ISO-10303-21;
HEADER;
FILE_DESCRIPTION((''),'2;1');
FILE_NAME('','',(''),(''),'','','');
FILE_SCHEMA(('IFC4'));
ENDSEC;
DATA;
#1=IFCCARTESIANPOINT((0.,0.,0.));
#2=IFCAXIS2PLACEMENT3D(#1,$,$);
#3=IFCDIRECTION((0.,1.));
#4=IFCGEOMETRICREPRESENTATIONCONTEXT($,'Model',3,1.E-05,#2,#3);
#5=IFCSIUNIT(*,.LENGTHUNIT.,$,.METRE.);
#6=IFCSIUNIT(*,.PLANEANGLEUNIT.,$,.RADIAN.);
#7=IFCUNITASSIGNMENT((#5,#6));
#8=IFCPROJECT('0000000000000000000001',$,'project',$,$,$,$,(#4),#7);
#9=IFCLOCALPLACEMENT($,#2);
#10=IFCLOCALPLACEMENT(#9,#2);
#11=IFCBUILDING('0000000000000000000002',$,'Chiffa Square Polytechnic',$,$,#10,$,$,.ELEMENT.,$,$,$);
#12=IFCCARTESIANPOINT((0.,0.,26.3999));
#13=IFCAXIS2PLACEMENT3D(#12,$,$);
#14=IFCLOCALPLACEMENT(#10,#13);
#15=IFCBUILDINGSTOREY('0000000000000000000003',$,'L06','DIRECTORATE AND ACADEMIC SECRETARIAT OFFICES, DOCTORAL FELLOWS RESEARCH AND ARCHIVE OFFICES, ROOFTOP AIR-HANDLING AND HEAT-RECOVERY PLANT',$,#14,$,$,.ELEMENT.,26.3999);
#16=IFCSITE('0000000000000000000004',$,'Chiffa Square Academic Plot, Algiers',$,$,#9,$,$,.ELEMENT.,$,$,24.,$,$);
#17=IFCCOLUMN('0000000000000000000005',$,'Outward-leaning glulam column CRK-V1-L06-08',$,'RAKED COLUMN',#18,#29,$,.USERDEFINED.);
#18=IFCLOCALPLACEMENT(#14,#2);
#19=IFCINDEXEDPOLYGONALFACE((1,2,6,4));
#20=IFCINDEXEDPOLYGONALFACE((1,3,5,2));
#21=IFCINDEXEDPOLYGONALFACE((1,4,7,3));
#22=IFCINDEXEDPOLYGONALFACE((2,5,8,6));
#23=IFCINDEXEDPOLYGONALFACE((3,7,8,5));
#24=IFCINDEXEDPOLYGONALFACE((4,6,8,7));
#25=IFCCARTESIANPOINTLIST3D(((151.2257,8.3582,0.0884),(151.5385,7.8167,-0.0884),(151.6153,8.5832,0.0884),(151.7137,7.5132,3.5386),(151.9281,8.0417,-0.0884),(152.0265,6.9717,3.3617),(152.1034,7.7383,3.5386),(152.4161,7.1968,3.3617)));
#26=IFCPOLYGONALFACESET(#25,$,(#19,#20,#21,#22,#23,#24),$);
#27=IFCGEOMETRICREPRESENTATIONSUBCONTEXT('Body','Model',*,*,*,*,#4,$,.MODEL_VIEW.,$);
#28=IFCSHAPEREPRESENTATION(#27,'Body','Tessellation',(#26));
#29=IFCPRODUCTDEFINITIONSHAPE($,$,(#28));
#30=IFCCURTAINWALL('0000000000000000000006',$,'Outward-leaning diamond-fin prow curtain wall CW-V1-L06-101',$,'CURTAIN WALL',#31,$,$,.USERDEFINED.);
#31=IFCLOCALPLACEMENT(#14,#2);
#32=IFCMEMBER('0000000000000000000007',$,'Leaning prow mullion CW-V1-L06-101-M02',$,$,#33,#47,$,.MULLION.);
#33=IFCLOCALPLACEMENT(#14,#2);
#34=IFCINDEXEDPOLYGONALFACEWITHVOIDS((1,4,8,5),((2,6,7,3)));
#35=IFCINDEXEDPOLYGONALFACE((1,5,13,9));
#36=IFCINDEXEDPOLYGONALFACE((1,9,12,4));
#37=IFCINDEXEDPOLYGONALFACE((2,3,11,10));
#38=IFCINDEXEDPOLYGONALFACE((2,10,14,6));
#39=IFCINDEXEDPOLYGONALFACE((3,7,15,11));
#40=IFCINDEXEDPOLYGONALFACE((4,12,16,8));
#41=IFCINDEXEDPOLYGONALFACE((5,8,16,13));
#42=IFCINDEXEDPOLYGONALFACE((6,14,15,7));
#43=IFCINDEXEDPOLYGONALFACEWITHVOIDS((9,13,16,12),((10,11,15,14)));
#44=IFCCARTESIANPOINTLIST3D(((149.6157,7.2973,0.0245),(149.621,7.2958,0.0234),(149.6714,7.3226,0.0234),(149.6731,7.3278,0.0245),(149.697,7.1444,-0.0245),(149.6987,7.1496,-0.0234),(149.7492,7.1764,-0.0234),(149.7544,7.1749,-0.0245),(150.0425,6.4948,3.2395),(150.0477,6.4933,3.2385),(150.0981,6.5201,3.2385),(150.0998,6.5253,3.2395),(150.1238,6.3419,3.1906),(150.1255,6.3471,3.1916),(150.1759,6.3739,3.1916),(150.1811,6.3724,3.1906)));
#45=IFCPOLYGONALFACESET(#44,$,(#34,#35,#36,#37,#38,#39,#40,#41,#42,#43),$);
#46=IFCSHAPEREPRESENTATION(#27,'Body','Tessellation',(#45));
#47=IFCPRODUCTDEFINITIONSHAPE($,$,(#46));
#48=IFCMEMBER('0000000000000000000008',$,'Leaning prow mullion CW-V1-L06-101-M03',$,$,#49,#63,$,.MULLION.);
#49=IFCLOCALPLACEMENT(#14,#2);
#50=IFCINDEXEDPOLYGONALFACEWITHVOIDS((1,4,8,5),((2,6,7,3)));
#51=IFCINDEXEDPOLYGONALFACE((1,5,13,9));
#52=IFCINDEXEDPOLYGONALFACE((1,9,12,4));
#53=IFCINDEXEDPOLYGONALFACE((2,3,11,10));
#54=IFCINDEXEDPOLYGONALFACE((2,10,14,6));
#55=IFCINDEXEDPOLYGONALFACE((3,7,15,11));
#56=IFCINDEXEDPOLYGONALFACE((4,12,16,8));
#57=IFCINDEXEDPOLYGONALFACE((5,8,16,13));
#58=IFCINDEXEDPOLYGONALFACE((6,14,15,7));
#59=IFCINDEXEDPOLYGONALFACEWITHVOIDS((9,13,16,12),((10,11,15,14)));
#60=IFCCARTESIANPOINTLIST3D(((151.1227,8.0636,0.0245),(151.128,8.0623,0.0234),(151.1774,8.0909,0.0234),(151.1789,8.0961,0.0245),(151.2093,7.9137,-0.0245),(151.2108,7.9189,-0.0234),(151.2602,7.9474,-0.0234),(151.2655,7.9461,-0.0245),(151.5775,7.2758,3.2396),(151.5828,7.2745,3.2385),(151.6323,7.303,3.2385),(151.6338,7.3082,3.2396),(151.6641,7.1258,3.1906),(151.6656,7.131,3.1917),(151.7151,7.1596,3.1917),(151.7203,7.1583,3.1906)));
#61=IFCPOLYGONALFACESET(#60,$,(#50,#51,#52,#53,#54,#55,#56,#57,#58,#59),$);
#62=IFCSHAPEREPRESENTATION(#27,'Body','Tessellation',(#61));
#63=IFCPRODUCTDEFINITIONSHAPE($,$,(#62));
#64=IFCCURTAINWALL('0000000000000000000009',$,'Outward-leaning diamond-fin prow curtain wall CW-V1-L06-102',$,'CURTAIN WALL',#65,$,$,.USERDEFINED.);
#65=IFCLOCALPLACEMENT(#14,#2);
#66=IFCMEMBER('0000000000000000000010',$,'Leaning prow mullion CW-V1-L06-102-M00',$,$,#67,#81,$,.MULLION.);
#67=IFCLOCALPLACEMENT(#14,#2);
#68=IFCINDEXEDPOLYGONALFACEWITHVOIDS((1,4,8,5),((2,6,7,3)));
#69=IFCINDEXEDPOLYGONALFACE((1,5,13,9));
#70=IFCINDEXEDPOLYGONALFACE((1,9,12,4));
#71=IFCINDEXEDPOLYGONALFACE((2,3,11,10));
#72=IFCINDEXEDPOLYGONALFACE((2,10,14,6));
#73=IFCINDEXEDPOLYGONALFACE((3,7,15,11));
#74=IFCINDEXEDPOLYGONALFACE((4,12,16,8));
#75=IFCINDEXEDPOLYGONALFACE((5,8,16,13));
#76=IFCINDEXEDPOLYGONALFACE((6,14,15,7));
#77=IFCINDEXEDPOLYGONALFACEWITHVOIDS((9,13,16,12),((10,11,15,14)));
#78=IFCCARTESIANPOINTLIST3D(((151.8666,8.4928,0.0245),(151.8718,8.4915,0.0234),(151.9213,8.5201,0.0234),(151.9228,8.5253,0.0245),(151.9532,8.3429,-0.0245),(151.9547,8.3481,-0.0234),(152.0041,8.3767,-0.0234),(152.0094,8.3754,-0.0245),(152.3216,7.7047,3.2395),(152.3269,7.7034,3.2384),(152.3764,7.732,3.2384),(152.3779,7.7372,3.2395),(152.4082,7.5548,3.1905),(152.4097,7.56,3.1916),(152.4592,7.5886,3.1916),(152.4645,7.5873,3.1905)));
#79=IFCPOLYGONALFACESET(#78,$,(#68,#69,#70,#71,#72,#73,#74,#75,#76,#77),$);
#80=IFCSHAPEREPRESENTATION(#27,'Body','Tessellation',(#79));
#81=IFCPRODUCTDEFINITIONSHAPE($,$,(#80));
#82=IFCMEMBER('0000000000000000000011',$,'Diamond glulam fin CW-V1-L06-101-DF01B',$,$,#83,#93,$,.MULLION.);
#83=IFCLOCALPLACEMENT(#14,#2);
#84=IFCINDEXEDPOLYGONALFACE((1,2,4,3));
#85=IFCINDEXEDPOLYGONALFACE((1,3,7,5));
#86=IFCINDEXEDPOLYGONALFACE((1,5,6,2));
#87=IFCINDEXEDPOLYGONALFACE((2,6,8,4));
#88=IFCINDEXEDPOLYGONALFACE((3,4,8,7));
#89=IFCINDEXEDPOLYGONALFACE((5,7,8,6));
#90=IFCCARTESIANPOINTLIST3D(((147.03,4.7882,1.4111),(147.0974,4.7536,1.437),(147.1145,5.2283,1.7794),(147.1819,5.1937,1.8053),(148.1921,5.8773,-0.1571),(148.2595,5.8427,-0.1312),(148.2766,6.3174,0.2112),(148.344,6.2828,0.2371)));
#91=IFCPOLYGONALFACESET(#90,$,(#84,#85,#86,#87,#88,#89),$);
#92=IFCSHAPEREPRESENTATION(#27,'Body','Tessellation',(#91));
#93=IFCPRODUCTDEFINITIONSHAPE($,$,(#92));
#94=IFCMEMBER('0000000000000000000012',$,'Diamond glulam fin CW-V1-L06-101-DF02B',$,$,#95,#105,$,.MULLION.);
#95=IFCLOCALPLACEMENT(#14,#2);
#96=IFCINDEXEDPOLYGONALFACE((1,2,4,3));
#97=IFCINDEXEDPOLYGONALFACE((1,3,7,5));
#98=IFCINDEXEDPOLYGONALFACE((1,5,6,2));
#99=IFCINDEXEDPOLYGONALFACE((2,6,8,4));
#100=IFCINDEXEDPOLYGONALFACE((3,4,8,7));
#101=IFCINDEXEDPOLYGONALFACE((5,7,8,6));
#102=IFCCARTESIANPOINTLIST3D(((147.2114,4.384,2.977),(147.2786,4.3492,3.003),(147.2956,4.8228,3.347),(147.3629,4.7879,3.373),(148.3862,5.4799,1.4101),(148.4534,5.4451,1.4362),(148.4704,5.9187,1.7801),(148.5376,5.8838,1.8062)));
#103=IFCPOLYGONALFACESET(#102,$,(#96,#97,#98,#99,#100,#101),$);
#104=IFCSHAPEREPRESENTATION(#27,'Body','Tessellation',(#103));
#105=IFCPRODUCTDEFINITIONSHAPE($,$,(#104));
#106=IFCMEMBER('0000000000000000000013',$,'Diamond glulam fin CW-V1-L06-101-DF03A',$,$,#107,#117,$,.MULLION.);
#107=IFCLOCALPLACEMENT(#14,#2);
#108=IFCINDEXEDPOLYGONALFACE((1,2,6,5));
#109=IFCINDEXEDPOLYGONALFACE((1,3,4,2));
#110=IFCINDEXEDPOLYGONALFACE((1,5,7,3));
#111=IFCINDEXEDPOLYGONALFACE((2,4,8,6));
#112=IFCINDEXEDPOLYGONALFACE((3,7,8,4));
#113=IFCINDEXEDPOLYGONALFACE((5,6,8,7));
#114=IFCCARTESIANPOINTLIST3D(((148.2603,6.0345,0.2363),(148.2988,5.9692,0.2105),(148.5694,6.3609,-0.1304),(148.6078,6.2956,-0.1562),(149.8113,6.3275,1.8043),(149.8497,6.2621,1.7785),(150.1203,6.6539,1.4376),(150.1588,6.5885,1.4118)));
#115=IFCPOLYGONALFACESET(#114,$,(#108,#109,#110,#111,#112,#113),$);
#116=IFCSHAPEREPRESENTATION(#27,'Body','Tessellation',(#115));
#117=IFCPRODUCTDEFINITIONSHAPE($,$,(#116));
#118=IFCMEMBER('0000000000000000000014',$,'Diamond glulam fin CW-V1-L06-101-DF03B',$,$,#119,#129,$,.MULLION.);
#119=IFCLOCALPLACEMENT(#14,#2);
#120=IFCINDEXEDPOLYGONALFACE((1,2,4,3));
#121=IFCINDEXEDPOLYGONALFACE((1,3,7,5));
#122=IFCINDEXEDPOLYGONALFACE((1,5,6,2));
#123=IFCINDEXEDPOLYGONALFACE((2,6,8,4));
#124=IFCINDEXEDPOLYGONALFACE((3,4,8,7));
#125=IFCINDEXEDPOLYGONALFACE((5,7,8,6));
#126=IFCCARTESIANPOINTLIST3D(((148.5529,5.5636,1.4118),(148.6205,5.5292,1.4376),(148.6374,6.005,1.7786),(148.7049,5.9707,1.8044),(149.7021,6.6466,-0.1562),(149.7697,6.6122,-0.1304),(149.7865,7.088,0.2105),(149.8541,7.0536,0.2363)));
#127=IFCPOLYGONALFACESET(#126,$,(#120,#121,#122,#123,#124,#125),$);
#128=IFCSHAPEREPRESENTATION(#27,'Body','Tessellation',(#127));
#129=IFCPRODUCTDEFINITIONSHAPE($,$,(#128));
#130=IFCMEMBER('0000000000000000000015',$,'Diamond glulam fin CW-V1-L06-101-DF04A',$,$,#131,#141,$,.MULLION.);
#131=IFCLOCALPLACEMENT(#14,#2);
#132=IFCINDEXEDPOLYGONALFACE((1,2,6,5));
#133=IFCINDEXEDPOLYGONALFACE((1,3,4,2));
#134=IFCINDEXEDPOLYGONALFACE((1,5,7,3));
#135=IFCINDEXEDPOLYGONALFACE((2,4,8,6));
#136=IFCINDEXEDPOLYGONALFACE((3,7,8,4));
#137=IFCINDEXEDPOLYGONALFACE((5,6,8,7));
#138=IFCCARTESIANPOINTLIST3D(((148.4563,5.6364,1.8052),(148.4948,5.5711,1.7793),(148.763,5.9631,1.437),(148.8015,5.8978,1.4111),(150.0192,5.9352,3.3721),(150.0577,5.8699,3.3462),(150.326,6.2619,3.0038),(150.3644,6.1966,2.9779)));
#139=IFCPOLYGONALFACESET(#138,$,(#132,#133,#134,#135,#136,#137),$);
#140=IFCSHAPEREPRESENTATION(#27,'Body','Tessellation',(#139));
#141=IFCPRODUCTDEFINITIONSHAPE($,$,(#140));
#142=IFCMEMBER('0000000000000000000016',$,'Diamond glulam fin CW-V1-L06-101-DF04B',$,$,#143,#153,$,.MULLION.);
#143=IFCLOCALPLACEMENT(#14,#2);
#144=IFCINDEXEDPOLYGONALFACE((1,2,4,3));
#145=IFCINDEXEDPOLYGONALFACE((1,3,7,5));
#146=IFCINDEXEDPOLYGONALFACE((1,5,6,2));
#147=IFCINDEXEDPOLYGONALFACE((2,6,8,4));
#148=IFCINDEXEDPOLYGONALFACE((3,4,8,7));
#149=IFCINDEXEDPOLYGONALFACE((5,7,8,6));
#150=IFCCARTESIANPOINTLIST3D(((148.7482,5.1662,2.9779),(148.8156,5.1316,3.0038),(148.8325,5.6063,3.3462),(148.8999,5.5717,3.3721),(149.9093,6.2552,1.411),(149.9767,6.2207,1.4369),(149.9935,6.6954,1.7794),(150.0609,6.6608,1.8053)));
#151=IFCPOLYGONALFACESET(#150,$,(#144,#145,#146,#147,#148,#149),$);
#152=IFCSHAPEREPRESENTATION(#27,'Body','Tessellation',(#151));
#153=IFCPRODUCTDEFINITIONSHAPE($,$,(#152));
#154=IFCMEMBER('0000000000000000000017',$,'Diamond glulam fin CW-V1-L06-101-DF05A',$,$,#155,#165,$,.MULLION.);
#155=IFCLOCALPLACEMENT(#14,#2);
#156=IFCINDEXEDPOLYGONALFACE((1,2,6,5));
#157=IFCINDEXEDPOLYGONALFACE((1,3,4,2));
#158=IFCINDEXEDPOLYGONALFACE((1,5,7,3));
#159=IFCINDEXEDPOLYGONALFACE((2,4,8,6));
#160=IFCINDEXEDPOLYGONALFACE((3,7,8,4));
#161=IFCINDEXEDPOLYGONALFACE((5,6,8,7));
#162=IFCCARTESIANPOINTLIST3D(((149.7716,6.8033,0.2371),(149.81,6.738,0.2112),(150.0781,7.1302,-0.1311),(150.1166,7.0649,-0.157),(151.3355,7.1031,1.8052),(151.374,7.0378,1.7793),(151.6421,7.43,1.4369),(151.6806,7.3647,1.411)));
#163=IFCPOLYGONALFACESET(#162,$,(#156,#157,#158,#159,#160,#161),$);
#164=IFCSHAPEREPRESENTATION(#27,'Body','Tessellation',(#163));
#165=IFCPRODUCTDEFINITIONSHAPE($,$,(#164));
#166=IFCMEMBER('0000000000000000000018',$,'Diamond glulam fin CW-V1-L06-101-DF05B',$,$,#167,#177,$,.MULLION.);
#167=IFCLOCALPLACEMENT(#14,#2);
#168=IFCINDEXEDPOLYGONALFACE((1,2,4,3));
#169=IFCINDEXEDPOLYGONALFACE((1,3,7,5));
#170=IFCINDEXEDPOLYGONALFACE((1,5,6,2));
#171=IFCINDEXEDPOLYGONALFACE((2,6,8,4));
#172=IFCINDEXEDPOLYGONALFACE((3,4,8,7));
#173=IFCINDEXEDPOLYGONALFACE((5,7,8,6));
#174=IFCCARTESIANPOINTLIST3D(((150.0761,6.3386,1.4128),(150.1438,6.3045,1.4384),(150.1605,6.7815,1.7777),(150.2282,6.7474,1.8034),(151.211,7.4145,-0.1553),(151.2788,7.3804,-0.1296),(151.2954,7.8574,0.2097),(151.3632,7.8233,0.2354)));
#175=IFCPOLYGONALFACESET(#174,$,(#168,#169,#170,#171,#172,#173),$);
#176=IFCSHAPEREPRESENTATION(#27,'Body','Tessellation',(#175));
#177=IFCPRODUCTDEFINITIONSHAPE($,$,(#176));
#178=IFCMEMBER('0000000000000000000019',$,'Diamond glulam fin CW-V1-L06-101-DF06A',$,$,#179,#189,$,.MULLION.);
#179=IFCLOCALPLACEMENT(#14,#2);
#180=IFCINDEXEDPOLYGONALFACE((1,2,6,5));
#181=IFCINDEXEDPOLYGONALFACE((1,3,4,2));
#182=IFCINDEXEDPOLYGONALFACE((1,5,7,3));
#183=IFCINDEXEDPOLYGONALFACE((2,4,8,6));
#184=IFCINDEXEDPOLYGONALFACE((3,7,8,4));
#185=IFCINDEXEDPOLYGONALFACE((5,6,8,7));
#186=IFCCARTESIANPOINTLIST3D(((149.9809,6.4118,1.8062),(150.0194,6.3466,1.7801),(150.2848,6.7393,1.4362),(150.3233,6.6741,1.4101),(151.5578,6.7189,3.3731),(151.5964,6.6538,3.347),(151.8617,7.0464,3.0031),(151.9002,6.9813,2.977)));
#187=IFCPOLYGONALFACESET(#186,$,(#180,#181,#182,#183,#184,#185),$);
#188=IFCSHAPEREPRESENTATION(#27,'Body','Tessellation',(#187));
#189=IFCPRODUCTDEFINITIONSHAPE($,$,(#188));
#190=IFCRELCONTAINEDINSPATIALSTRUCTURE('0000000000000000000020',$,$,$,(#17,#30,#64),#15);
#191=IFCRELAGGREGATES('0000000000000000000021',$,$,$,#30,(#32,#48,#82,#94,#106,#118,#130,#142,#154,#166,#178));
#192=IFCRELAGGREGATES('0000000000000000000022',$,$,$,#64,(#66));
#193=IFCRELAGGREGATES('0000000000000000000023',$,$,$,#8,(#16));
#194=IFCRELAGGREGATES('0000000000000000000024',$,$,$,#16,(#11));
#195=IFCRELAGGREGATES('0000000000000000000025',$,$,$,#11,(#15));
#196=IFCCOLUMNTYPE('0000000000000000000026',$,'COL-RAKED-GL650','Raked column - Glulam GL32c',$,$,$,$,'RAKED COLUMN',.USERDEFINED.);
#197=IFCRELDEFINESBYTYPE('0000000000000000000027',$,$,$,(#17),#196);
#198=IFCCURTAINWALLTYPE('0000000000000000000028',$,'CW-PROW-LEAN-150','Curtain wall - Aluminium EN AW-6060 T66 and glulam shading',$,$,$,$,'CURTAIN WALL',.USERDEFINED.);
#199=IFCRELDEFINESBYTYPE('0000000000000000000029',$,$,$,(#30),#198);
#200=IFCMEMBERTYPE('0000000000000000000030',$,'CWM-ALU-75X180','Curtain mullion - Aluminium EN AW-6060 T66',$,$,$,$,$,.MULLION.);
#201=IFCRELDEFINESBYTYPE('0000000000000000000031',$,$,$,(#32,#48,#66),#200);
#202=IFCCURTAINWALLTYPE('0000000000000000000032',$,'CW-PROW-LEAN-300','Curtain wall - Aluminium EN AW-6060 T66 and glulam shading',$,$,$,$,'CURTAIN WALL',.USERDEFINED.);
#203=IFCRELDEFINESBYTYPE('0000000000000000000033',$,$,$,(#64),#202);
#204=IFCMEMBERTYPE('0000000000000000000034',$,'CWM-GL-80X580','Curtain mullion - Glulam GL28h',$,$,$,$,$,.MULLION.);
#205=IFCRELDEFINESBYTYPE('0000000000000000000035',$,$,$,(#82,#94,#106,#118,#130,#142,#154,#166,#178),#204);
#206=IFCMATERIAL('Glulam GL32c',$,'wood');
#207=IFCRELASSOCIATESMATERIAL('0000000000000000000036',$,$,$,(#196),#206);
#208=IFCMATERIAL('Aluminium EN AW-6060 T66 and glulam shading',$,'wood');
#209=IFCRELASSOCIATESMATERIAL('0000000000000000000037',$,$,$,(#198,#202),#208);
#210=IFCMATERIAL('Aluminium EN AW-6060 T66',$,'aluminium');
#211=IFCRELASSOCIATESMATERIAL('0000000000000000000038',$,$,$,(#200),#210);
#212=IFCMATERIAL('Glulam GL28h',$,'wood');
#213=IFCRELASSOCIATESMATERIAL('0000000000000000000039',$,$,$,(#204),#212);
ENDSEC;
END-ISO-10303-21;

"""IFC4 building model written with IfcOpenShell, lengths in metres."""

from ifc_helpers import new_model, si_unit, direction, frame, origin, origin_2d, place, context, subcontext, project, spatial, rectangle, hollow_rectangle, extrude, material, material_profile, profile_set, type_object, element, aggregate, save


model = new_model("IFC4")

# Units and contexts
model_context = context("Model", 3, precision=1e-05, world=origin(), true_north=direction((0.0, 1.0)))
body_context = subcontext(model_context, "Body", "Model", "MODEL_VIEW")
ifc_project = project(units=[si_unit("LENGTHUNIT", "METRE"), si_unit("PLANEANGLEUNIT", "RADIAN")], contexts=[model_context])

# Site, building, storey
site_placement = place(None, origin())
site = spatial("IfcSite", under=ifc_project, at=site_placement, Name="Chiffa Square Academic Plot, Algiers", CompositionType="ELEMENT", RefElevation=24.0)
building_placement = place(site_placement, origin())
building = spatial("IfcBuilding", under=site, at=building_placement, Name="Chiffa Square Polytechnic", CompositionType="ELEMENT")
storey_placement = place(building_placement, frame((0.0, 0.0, 26.3999)))
storey = spatial("IfcBuildingStorey", under=building, at=storey_placement, Name="L06", Description="DIRECTORATE AND ACADEMIC SECRETARIAT OFFICES, DOCTORAL FELLOWS RESEARCH AND ARCHIVE OFFICES, ROOFTOP AIR-HANDLING AND HEAT-RECOVERY PLANT", CompositionType="ELEMENT", Elevation=26.3999)

# Column
ifc_material_1 = material(Name="Glulam GL32c", Category="wood")
ifc_material_profile_1 = material_profile(ifc_material_1, rectangle(XDim=0.45, YDim=0.6499, at=origin_2d()), Name="GL32c 450x650")
ifc_profile_set_1 = profile_set([ifc_material_profile_1], Name="Glulam GL32c")
column_type = type_object("IfcColumnType", Name="COL-RAKED-GL650", Description="Raked column - Glulam GL32c", ElementType="RAKED COLUMN", PredefinedType="USERDEFINED", material=ifc_profile_set_1)
column_placement = place(storey_placement, frame((151.5769, 8.2, 0.0), z_axis=(0.136113, -0.235662, 0.962256), x_axis=(0.86594, 0.500148, 0.0)))
element("IfcColumn", 1, at=column_placement, inside=storey, type_object=column_type, Name="Outward-leaning glulam column CRK-V1-L06-08", ObjectType="RAKED COLUMN", PredefinedType="USERDEFINED", context=body_context, shape_type="SweptSolid", body=[
    extrude(rectangle(XDim=0.45, YDim=0.6499, at=origin_2d()), origin(), (0.0, 0.0, 1.0), 3.5854),
])

# Curtain wall, members
ifc_material_2 = material(Name="Aluminium EN AW-6060 T66 and glulam shading", Category="wood")
curtain_wall_type_1 = type_object("IfcCurtainWallType", Name="CW-PROW-LEAN-150", Description="Curtain wall - Aluminium EN AW-6060 T66 and glulam shading", ElementType="CURTAIN WALL", PredefinedType="USERDEFINED", material=ifc_material_2)
curtain_wall_1_placement = place(storey_placement, origin())
curtain_wall_1 = element("IfcCurtainWall", 2, at=curtain_wall_1_placement, inside=storey, type_object=curtain_wall_type_1, Name="Outward-leaning diamond-fin prow curtain wall CW-V1-L06-101", ObjectType="CURTAIN WALL", PredefinedType="USERDEFINED")
ifc_material_3 = material(Name="Aluminium EN AW-6060 T66", Category="aluminium")
ifc_material_profile_2 = material_profile(ifc_material_3, hollow_rectangle(XDim=0.0649, YDim=0.1799, WallThickness=0.0039, at=origin_2d()), Name="ALU 65x180x4")
ifc_profile_set_2 = profile_set([ifc_material_profile_2], Name="Aluminium EN AW-6060 T66")
member_type_1 = type_object("IfcMemberType", Name="CWM-ALU-75X180", Description="Curtain mullion - Aluminium EN AW-6060 T66", PredefinedType="MULLION", material=ifc_profile_set_2)
member_1_placement = place(storey_placement, frame((149.6851, 7.2361, 0.0), z_axis=(0.12773, -0.240188, 0.962286), x_axis=(0.882917, 0.469528, 0.0)))
member_1 = element("IfcMember", 3, at=member_1_placement, type_object=member_type_1, Name="Leaning prow mullion CW-V1-L06-101-M02", PredefinedType="MULLION", context=body_context, shape_type="SweptSolid", body=[
    extrude(hollow_rectangle(XDim=0.0649, YDim=0.1799, WallThickness=0.0039, at=origin_2d()), origin(), (0.0, 0.0, 1.0), 3.3411),
])
member_2_placement = place(storey_placement, frame((151.1941, 8.0049, 0.0), z_axis=(0.136124, -0.235788, 0.962223), x_axis=(0.866038, 0.499978, 0.0)))
member_2 = element("IfcMember", 4, at=member_2_placement, type_object=member_type_1, Name="Leaning prow mullion CW-V1-L06-101-M03", PredefinedType="MULLION", context=body_context, shape_type="SweptSolid", body=[
    extrude(hollow_rectangle(XDim=0.0649, YDim=0.1799, WallThickness=0.0039, at=origin_2d()), origin(), (0.0, 0.0, 1.0), 3.3413),
])

# Curtain wall, member
curtain_wall_type_2 = type_object("IfcCurtainWallType", Name="CW-PROW-LEAN-300", Description="Curtain wall - Aluminium EN AW-6060 T66 and glulam shading", ElementType="CURTAIN WALL", PredefinedType="USERDEFINED", material=ifc_material_2)
curtain_wall_2_placement = place(storey_placement, origin())
curtain_wall_2 = element("IfcCurtainWall", 5, at=curtain_wall_2_placement, inside=storey, type_object=curtain_wall_type_2, Name="Outward-leaning diamond-fin prow curtain wall CW-V1-L06-102", ObjectType="CURTAIN WALL", PredefinedType="USERDEFINED")
member_3_placement = place(storey_placement, frame((151.938, 8.4341, 0.0), z_axis=(0.136194, -0.235855, 0.962197), x_axis=(0.865989, 0.500063, 0.0)))
member_3 = element("IfcMember", 6, at=member_3_placement, type_object=member_type_1, Name="Leaning prow mullion CW-V1-L06-102-M00", PredefinedType="MULLION", context=body_context, shape_type="SweptSolid", body=[
    extrude(hollow_rectangle(XDim=0.0649, YDim=0.1799, WallThickness=0.0039, at=origin_2d()), origin(), (0.0, 0.0, 1.0), 3.3413),
])

# Members
ifc_material_4 = material(Name="Glulam GL28h", Category="wood")
ifc_material_profile_3 = material_profile(ifc_material_4, rectangle(XDim=0.0801, YDim=0.5801, at=origin_2d()), Name="GL28h 80x580")
ifc_profile_set_3 = profile_set([ifc_material_profile_3], Name="Glulam GL28h")
member_type_2 = type_object("IfcMemberType", Name="CWM-GL-80X580", Description="Curtain mullion - Glulam GL28h", PredefinedType="MULLION", material=ifc_profile_set_3)
member_4_placement = place(storey_placement, frame((148.2681, 6.0801, 0.04), z_axis=(-0.519937, -0.487278, 0.701588), x_axis=(0.841691, -0.432319, 0.323506)))
member_4 = element("IfcMember", 7, at=member_4_placement, type_object=member_type_2, Name="Diamond glulam fin CW-V1-L06-101-DF01B", PredefinedType="MULLION", context=body_context, shape_type="SweptSolid", body=[
    extrude(rectangle(XDim=0.0801, YDim=0.5801, at=origin_2d()), origin(), (0.0, 0.0, 1.0), 2.2351),
])
member_5_placement = place(storey_placement, frame((148.4619, 5.6819, 1.6082), z_axis=(-0.523485, -0.488347, 0.698198), x_axis=(0.83957, -0.435302, 0.325014)))
member_5 = element("IfcMember", 8, at=member_5_placement, type_object=member_type_2, Name="Diamond glulam fin CW-V1-L06-101-DF02B", PredefinedType="MULLION", context=body_context, shape_type="SweptSolid", body=[
    extrude(rectangle(XDim=0.0801, YDim=0.5801, at=origin_2d()), origin(), (0.0, 0.0, 1.0), 2.2441),
])
member_6_placement = place(storey_placement, frame((148.4341, 6.165, 0.04), z_axis=(0.697099, 0.131673, 0.70478), x_axis=(-0.479779, 0.816138, 0.322073)))
member_6 = element("IfcMember", 9, at=member_6_placement, type_object=member_type_2, Name="Diamond glulam fin CW-V1-L06-101-DF03A", PredefinedType="MULLION", context=body_context, shape_type="SweptSolid", body=[
    extrude(rectangle(XDim=0.0801, YDim=0.5801, at=origin_2d()), origin(), (0.0, 0.0, 1.0), 2.2249),
])
member_7_placement = place(storey_placement, frame((149.7781, 6.8501, 0.04), z_axis=(-0.516384, -0.486654, 0.704639), x_axis=(0.843899, -0.429024, 0.322136)))
member_7 = element("IfcMember", 10, at=member_7_placement, type_object=member_type_2, Name="Diamond glulam fin CW-V1-L06-101-DF03B", PredefinedType="MULLION", context=body_context, shape_type="SweptSolid", body=[
    extrude(rectangle(XDim=0.0801, YDim=0.5801, at=origin_2d()), origin(), (0.0, 0.0, 1.0), 2.2253),
])
member_8_placement = place(storey_placement, frame((148.6289, 5.7671, 1.6082), z_axis=(0.699873, 0.133809, 0.701622), x_axis=(-0.480184, 0.815339, 0.323491)))
member_8 = element("IfcMember", 11, at=member_8_placement, type_object=member_type_2, Name="Diamond glulam fin CW-V1-L06-101-DF04A", PredefinedType="MULLION", context=body_context, shape_type="SweptSolid", body=[
    extrude(rectangle(XDim=0.0801, YDim=0.5801, at=origin_2d()), origin(), (0.0, 0.0, 1.0), 2.2332),
])
member_9_placement = place(storey_placement, frame((149.9851, 6.458, 1.6082), z_axis=(-0.519818, -0.487575, 0.70147), x_axis=(0.841834, -0.432002, 0.323559)))
member_9 = element("IfcMember", 12, at=member_9_placement, type_object=member_type_2, Name="Diamond glulam fin CW-V1-L06-101-DF04B", PredefinedType="MULLION", context=body_context, shape_type="SweptSolid", body=[
    extrude(rectangle(XDim=0.0801, YDim=0.5801, at=origin_2d()), origin(), (0.0, 0.0, 1.0), 2.2336),
])
member_10_placement = place(storey_placement, frame((149.9441, 6.9341, 0.04), z_axis=(0.699787, 0.134146, 0.701644), x_axis=(-0.480591, 0.815103, 0.323481)))
member_10 = element("IfcMember", 13, at=member_10_placement, type_object=member_type_2, Name="Diamond glulam fin CW-V1-L06-101-DF05A", PredefinedType="MULLION", context=body_context, shape_type="SweptSolid", body=[
    extrude(rectangle(XDim=0.0801, YDim=0.5801, at=origin_2d()), origin(), (0.0, 0.0, 1.0), 2.2349),
])
member_11_placement = place(storey_placement, frame((151.2871, 7.6189, 0.04), z_axis=(-0.512491, -0.485814, 0.708052), x_axis=(0.846271, -0.425497, 0.32059)))
member_11 = element("IfcMember", 14, at=member_11_placement, type_object=member_type_2, Name="Diamond glulam fin CW-V1-L06-101-DF05B", PredefinedType="MULLION", context=body_context, shape_type="SweptSolid", body=[
    extrude(rectangle(XDim=0.0801, YDim=0.5801, at=origin_2d()), origin(), (0.0, 0.0, 1.0), 2.2146),
])
member_12_placement = place(storey_placement, frame((150.1521, 6.543, 1.6082), z_axis=(0.70268, 0.136859, 0.69822), x_axis=(-0.481476, 0.813973, 0.325004)))
member_12 = element("IfcMember", 15, at=member_12_placement, type_object=member_type_2, Name="Diamond glulam fin CW-V1-L06-101-DF06A", PredefinedType="MULLION", context=body_context, shape_type="SweptSolid", body=[
    extrude(rectangle(XDim=0.0801, YDim=0.5801, at=origin_2d()), origin(), (0.0, 0.0, 1.0), 2.2441),
])

aggregate(curtain_wall_1, [member_1, member_2, member_4, member_5, member_6, member_7, member_8, member_9, member_10, member_11, member_12])
aggregate(curtain_wall_2, [member_3])

save(model, "model.ifc")
